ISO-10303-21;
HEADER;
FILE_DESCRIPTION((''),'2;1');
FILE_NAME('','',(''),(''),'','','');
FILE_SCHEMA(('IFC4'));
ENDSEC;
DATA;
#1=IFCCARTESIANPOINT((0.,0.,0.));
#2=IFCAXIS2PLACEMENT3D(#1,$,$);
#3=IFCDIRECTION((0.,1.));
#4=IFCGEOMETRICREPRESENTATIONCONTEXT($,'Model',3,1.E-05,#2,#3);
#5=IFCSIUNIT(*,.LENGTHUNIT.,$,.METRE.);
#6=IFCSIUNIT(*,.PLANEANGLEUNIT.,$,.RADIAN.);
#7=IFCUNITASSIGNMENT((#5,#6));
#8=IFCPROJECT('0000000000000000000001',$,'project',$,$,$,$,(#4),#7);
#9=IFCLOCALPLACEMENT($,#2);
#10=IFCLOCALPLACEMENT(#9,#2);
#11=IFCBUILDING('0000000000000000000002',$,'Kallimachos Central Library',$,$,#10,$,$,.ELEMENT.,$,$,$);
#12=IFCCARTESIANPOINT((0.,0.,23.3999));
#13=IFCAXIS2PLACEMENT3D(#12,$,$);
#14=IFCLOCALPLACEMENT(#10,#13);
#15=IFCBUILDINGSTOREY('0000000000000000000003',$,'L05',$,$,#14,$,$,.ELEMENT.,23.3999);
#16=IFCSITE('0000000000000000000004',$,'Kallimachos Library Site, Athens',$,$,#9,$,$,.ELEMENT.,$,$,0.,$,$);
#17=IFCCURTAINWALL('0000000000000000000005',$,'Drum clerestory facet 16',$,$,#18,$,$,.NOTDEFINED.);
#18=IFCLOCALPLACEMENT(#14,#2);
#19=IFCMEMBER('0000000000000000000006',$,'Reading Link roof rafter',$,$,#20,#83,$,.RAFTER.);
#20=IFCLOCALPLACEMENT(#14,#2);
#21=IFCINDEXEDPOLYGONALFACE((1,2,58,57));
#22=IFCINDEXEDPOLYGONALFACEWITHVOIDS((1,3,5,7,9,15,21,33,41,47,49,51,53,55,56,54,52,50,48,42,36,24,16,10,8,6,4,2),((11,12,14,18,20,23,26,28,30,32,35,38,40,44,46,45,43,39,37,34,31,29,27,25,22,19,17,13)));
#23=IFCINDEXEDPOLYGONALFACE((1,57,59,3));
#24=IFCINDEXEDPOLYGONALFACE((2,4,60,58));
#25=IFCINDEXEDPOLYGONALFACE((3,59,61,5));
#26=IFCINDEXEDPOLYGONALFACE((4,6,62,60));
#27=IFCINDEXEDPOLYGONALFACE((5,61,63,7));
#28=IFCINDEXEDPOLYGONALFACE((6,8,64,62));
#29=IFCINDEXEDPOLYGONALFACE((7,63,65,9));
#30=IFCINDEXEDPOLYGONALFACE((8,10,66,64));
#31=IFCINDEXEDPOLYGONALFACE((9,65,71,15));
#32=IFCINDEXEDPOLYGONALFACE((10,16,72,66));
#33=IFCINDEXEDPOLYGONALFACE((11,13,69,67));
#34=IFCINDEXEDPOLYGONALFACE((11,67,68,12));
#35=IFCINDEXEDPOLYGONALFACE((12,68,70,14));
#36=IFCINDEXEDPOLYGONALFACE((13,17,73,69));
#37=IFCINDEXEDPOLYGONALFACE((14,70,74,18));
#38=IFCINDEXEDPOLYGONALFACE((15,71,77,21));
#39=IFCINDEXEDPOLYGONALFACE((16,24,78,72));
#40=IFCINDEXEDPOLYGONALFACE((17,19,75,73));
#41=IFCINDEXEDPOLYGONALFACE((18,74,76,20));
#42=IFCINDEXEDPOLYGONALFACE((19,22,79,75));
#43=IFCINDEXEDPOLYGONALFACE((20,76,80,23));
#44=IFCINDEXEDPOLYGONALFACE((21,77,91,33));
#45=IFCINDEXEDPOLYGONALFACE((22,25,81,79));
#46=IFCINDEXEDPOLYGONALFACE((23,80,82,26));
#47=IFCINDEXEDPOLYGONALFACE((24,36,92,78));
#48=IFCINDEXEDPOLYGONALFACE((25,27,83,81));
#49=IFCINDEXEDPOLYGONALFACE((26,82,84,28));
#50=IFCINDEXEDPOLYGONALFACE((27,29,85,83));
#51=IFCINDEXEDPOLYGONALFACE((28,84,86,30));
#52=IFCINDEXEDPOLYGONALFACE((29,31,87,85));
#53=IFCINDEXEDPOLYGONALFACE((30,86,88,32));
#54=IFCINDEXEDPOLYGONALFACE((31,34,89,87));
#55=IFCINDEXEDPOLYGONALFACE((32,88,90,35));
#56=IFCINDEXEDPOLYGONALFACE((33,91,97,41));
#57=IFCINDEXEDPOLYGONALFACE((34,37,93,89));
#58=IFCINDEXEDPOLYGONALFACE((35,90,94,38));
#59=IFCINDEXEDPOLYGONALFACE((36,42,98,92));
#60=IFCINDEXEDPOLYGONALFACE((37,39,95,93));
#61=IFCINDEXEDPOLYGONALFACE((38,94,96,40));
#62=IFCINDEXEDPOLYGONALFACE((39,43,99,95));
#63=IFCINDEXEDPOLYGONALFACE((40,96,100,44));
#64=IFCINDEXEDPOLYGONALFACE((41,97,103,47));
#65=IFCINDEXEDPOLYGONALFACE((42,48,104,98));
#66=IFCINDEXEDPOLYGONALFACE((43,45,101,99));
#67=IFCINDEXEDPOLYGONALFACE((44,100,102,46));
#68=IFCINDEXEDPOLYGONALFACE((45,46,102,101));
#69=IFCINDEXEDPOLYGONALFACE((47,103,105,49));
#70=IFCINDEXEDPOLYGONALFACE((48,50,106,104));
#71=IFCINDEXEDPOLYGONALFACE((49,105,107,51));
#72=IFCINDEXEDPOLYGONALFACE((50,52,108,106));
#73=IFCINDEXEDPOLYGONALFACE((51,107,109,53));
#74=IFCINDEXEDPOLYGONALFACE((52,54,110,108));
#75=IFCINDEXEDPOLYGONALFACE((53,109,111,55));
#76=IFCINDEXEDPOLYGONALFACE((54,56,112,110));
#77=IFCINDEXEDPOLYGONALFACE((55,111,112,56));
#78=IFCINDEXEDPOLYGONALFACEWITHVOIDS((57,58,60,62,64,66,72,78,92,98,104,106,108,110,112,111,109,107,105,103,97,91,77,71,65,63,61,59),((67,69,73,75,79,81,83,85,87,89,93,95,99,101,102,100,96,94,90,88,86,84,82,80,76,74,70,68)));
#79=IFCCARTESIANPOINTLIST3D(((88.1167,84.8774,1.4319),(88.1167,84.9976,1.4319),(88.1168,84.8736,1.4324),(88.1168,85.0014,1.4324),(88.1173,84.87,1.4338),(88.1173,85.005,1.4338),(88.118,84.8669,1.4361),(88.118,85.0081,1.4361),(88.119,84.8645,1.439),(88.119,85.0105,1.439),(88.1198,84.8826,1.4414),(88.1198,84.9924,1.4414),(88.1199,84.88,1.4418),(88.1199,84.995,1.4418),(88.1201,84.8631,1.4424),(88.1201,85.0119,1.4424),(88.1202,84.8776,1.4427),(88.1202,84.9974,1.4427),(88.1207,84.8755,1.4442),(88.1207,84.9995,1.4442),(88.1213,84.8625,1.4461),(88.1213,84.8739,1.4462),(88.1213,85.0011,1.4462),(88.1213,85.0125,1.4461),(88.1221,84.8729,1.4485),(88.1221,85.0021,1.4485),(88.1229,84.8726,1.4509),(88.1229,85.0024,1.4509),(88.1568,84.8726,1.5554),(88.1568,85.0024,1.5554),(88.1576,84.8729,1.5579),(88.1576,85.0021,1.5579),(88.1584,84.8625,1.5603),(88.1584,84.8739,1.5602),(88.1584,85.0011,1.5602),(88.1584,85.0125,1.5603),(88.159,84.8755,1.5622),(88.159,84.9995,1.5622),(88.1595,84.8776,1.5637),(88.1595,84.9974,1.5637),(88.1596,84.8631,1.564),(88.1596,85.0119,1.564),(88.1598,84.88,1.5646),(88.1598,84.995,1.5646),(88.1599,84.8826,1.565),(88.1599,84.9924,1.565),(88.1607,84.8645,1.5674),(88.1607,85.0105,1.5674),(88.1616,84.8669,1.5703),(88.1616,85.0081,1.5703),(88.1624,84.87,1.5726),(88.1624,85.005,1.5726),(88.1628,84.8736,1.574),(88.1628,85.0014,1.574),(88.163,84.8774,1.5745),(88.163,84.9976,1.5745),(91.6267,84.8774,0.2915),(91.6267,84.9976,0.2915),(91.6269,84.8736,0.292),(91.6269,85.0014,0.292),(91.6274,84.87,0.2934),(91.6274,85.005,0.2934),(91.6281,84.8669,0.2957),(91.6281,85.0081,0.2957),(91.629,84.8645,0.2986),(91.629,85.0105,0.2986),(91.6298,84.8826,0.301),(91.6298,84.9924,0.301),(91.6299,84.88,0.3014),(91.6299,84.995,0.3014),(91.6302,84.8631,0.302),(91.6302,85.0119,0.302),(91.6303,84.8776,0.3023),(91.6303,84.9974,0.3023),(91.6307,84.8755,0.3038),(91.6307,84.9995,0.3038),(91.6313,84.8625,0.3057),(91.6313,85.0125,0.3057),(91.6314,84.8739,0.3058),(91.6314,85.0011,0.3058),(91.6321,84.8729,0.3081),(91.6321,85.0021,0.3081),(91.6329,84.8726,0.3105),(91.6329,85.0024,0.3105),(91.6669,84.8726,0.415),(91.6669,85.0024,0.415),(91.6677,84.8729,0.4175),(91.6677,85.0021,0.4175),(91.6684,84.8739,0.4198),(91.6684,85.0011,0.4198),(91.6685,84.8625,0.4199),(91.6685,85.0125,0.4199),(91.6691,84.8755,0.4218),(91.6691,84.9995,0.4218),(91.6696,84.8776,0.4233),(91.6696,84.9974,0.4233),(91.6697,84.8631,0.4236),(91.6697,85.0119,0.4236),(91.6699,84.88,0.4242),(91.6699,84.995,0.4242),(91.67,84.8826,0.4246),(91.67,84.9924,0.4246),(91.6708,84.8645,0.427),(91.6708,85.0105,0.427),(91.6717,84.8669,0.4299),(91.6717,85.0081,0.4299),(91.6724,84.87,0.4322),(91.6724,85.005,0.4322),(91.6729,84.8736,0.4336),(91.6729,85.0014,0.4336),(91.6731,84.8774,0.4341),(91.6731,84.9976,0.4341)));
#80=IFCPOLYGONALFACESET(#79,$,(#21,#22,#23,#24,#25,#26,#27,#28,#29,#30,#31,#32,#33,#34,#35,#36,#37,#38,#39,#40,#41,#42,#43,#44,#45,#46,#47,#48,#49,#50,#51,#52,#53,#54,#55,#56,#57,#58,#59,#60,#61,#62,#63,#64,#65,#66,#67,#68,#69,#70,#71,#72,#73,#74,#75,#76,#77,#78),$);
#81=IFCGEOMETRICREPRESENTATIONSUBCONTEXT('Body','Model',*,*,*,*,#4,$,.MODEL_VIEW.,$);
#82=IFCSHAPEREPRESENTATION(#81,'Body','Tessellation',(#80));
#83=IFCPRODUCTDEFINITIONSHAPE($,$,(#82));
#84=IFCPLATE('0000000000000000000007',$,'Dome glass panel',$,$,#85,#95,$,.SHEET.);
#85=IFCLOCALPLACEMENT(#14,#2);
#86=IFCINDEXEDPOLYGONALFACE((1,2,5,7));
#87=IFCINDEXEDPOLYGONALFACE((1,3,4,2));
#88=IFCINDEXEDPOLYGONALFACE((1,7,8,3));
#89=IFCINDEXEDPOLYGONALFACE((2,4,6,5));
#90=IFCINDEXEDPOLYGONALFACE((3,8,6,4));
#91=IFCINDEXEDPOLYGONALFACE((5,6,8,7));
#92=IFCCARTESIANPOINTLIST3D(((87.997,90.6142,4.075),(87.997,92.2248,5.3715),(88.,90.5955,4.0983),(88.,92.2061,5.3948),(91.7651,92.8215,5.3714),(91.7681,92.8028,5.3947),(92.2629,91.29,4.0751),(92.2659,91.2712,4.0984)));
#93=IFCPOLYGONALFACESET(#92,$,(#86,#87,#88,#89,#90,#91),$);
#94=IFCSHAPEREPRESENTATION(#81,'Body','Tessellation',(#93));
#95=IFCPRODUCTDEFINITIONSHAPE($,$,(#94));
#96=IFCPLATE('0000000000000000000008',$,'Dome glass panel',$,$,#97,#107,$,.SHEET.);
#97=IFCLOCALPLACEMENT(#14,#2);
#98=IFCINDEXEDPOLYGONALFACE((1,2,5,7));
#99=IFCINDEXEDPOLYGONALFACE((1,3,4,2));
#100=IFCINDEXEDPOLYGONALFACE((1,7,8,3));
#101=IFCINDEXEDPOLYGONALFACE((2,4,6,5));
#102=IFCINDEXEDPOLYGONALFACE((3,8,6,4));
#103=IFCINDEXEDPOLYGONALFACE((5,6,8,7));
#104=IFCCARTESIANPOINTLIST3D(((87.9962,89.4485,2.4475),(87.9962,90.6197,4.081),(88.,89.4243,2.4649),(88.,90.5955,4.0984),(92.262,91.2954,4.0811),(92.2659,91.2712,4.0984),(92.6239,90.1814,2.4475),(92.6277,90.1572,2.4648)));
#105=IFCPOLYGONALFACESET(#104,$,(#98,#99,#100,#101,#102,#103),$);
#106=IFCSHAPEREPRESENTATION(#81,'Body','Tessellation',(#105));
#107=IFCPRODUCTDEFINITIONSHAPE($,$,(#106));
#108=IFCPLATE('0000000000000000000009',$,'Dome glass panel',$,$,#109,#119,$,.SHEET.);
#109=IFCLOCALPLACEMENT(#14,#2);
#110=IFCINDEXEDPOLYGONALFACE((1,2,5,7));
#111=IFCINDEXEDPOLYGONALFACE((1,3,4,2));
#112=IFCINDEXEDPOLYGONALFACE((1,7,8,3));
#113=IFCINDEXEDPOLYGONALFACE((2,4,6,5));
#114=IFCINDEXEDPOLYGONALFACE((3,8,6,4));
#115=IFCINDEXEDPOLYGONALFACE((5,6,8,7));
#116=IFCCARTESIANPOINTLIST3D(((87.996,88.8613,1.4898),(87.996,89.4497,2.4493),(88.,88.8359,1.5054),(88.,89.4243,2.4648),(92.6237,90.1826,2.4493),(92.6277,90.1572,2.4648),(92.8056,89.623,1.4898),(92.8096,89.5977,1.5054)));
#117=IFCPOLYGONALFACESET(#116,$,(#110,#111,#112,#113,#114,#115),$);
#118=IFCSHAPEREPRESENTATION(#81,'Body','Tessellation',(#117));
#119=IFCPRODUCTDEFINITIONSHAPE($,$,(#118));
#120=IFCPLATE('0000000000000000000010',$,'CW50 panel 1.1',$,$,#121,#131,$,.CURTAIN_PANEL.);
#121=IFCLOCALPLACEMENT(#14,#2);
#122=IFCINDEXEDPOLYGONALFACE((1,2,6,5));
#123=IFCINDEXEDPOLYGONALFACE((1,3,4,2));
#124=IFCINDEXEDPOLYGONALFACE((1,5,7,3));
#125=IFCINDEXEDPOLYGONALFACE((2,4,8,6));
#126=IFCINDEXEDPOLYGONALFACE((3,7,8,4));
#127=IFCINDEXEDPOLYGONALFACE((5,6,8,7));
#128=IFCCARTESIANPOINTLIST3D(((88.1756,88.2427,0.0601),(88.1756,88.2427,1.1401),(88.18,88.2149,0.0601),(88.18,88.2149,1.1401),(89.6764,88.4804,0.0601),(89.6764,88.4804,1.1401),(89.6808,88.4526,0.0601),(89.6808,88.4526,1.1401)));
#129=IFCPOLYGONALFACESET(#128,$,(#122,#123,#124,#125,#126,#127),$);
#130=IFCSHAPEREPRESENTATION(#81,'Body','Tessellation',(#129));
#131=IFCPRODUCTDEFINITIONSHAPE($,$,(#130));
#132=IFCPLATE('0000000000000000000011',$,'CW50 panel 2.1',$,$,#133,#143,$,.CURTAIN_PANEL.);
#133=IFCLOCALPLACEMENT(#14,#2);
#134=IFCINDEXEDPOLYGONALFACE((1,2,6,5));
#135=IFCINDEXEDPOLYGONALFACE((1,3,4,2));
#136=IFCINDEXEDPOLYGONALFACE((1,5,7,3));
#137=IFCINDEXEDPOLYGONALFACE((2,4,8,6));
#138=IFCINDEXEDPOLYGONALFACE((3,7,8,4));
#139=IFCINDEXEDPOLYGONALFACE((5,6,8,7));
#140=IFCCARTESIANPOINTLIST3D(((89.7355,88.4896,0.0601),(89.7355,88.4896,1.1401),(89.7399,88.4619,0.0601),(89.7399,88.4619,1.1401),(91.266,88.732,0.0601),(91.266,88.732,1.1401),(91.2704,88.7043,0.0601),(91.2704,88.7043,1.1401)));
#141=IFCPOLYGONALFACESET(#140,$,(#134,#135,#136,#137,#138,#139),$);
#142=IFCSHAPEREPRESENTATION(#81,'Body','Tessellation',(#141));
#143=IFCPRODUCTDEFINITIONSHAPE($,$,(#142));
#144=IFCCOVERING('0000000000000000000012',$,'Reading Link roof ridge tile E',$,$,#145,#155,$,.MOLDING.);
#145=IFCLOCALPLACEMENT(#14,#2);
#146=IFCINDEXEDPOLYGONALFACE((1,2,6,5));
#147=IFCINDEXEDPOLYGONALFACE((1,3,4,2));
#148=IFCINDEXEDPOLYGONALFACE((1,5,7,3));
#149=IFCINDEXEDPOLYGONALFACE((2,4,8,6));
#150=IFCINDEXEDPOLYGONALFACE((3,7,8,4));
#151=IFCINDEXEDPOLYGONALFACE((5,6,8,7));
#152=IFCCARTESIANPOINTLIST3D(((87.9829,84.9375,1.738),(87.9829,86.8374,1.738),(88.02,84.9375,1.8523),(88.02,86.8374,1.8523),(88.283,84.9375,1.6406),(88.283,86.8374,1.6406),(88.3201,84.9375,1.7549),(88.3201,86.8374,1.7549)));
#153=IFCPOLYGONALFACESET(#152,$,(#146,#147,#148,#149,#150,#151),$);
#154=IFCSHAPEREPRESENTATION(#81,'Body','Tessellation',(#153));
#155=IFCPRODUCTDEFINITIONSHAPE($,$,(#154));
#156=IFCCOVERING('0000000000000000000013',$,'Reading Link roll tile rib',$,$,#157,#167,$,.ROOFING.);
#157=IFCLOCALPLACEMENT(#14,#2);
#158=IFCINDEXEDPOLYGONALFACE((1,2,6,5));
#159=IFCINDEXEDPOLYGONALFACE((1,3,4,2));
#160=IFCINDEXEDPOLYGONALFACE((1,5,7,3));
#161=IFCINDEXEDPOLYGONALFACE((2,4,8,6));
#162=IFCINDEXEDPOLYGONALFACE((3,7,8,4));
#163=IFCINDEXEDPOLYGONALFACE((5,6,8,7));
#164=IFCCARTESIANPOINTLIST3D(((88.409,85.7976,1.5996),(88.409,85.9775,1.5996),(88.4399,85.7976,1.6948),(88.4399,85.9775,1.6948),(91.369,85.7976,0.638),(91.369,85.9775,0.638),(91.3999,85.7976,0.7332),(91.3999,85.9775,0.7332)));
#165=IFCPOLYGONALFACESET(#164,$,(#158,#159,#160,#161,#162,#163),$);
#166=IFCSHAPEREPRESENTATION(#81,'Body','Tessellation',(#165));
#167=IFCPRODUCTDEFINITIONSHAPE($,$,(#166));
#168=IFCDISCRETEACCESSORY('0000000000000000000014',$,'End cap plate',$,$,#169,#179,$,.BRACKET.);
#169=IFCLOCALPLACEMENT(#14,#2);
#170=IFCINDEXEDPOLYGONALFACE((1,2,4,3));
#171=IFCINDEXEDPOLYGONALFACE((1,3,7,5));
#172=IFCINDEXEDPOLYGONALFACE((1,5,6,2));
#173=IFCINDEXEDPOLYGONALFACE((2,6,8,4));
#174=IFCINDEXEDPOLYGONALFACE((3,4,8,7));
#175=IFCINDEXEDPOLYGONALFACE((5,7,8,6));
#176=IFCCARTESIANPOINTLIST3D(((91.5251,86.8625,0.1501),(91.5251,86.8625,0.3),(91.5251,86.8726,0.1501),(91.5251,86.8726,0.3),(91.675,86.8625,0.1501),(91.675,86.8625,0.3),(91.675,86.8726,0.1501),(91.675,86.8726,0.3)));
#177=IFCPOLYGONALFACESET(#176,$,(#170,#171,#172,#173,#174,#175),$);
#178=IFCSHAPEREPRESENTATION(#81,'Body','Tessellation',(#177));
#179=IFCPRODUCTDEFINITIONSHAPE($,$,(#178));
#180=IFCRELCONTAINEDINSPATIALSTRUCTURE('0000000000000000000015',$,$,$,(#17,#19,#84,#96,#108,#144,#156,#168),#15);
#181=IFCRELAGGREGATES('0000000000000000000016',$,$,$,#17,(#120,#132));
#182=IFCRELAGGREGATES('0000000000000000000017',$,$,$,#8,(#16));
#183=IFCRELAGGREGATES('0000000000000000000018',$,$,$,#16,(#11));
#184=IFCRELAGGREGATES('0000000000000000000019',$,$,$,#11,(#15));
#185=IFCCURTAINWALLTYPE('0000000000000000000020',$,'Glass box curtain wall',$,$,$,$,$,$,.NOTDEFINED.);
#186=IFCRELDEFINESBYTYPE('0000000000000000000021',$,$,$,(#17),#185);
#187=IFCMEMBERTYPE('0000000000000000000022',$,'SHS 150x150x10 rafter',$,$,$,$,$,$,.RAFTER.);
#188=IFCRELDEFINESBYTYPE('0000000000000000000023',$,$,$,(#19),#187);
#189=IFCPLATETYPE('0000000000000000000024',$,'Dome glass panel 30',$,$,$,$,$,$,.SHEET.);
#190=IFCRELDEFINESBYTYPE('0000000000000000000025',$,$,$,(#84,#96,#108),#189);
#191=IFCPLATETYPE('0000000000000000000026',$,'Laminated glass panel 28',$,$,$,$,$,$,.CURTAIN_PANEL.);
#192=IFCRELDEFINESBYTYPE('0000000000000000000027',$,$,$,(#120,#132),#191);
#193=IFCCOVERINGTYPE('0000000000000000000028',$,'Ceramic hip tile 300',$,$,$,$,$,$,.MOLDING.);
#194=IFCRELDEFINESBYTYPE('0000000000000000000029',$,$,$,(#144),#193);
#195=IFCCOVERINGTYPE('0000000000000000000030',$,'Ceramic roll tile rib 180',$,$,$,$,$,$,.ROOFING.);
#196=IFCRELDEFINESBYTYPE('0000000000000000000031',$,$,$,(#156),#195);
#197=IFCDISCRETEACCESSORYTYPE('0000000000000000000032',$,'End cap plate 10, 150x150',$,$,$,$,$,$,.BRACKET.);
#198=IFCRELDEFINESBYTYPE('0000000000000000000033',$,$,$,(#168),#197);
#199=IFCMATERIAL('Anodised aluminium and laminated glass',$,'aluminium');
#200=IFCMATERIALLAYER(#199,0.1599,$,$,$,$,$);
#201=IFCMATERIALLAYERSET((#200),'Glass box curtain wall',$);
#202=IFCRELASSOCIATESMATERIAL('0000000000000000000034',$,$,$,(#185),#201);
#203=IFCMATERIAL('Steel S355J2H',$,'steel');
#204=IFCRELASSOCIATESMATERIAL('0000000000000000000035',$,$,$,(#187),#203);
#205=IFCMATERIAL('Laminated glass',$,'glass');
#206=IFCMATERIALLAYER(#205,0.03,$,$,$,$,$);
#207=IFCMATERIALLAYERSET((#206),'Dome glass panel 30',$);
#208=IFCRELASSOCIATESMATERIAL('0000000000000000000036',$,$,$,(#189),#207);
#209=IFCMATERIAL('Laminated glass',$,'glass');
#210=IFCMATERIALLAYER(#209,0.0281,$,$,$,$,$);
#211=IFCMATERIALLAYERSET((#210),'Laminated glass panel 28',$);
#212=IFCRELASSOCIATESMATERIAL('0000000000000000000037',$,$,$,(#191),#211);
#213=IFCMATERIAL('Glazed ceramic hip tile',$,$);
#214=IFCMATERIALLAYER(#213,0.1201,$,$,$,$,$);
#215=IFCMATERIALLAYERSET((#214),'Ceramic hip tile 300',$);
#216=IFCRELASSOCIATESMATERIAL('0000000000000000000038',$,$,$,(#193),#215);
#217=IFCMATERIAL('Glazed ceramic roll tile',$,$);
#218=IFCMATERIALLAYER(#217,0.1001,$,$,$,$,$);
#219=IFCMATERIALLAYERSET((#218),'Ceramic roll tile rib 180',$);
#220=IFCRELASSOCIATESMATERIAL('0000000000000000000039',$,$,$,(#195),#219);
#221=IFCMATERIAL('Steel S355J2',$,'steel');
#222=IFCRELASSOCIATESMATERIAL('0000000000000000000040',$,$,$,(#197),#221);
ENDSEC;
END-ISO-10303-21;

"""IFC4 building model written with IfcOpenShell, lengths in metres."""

from ifc_helpers import new_model, si_unit, direction, frame, origin, origin_2d, place, context, subcontext, project, spatial, polyline, rectangle, hollow_rectangle, outline, extrude, material, layer, layer_set, material_profile, profile_set, type_object, element, aggregate, save


model = new_model("IFC4")

# Units and contexts
model_context = context("Model", 3, precision=1e-05, world=origin(), true_north=direction((0.0, 1.0)))
body_context = subcontext(model_context, "Body", "Model", "MODEL_VIEW")
ifc_project = project(units=[si_unit("LENGTHUNIT", "METRE"), si_unit("PLANEANGLEUNIT", "RADIAN")], contexts=[model_context])

# Site, building, storey
site_placement = place(None, origin())
site = spatial("IfcSite", under=ifc_project, at=site_placement, Name="Kallimachos Library Site, Athens", CompositionType="ELEMENT", RefElevation=0.0)
building_placement = place(site_placement, origin())
building = spatial("IfcBuilding", under=site, at=building_placement, Name="Kallimachos Central Library", CompositionType="ELEMENT")
storey_placement = place(building_placement, frame((0.0, 0.0, 23.3999)))
storey = spatial("IfcBuildingStorey", under=building, at=storey_placement, Name="L05", CompositionType="ELEMENT", Elevation=23.3999)

# Curtain wall
ifc_material_1 = material(Name="Anodised aluminium and laminated glass", Category="aluminium")
ifc_layer_1 = layer(ifc_material_1, 0.1599)
ifc_layer_set_1 = layer_set([ifc_layer_1], Name="Glass box curtain wall")
curtain_wall_type = type_object("IfcCurtainWallType", Name="Glass box curtain wall", PredefinedType="NOTDEFINED", material=ifc_layer_set_1)
curtain_wall_placement = place(storey_placement, origin())
curtain_wall = element("IfcCurtainWall", 1, at=curtain_wall_placement, inside=storey, type_object=curtain_wall_type, Name="Drum clerestory facet 16", PredefinedType="NOTDEFINED")

# Member
ifc_material_2 = material(Name="Steel S355J2H", Category="steel")
ifc_material_profile_1 = material_profile(ifc_material_2, hollow_rectangle(XDim=0.1499, YDim=0.1499, WallThickness=0.01, InnerFilletRadius=0.01, OuterFilletRadius=0.0149, at=origin_2d()), Name="SHS 150x150x10")
ifc_profile_set_1 = profile_set([ifc_material_profile_1], Name="Steel S355J2H")
member_type_1 = type_object("IfcMemberType", Name="SHS 150x150x10 rafter", PredefinedType="RAFTER", material=ifc_profile_set_1)
member_1_placement = place(storey_placement, frame((91.6499, 84.9375, 0.3628), z_axis=(-0.951064, 0.0, 0.308995), x_axis=(0.0, -1.0, 0.0)))
element("IfcMember", 2, at=member_1_placement, inside=storey, type_object=member_type_1, Name="Reading Link roof rafter", PredefinedType="RAFTER", context=body_context, shape_type="SweptSolid", body=[
    extrude(hollow_rectangle(XDim=0.1499, YDim=0.1499, WallThickness=0.01, InnerFilletRadius=0.01, OuterFilletRadius=0.0149, at=origin_2d()), origin(), (0.0, 0.0, 1.0), 3.6907),
])

# Plates
ifc_material_3 = material(Name="Laminated glass", Category="glass")
ifc_layer_2 = layer(ifc_material_3, 0.03)
ifc_layer_set_2 = layer_set([ifc_layer_2], Name="Dome glass panel 30")
plate_type_1 = type_object("IfcPlateType", Name="Dome glass panel 30", PredefinedType="SHEET", material=ifc_layer_set_2)
plate_1_placement = place(storey_placement, frame((88.0, 92.2061, 5.3948), z_axis=(0.09883, -0.623986, 0.775161), x_axis=(-0.000004, -0.778975, -0.627055)))
element("IfcPlate", 3, at=plate_1_placement, inside=storey, type_object=plate_type_1, Name="Dome glass panel", PredefinedType="SHEET", context=body_context, shape_type="SweptSolid", body=[
    extrude(outline(polyline([(0.0, 0.0), (2.0675, 0.0), (1.5411, 4.2869), (-0.4648, 3.7866), (0.0, 0.0)])), origin(), (0.0, 0.0, -1.0), 0.03),
])
plate_2_placement = place(storey_placement, frame((88.0, 90.5955, 4.0984), z_axis=(0.127673, -0.806042, 0.577923), x_axis=(0.000005, -0.582691, -0.812694)))
element("IfcPlate", 4, at=plate_2_placement, inside=storey, type_object=plate_type_1, Name="Dome glass panel", PredefinedType="SHEET", context=body_context, shape_type="SweptSolid", body=[
    extrude(outline(polyline([(0.0, 0.0), (2.01, 0.0), (1.5829, 4.6659), (-0.3938, 4.3011), (0.0, 0.0)])), origin(), (0.0, 0.0, -1.0), 0.03),
])
plate_3_placement = place(storey_placement, frame((88.0, 89.4243, 2.4648), z_axis=(0.133797, -0.844812, 0.518064), x_axis=(0.0, -0.522765, -0.852477)))
element("IfcPlate", 5, at=plate_3_placement, inside=storey, type_object=plate_type_1, Name="Dome glass panel", PredefinedType="SHEET", context=body_context, shape_type="SweptSolid", body=[
    extrude(outline(polyline([(0.0, 0.0), (1.1255, 0.0), (0.7273, 4.8532), (-0.3831, 4.6697), (0.0, 0.0)])), origin(), (0.0, 0.0, -1.0), 0.03),
])

# Plates
ifc_material_4 = material(Name="Laminated glass", Category="glass")
ifc_layer_3 = layer(ifc_material_4, 0.0281)
ifc_layer_set_3 = layer_set([ifc_layer_3], Name="Laminated glass panel 28")
plate_type_2 = type_object("IfcPlateType", Name="Laminated glass panel 28", PredefinedType="CURTAIN_PANEL", material=ifc_layer_set_3)
plate_4_placement = place(storey_placement, frame((88.9282, 88.3477, 0.0601), z_axis=(0.0, 0.0, 1.0), x_axis=(0.987688, 0.156435, 0.0)))
plate_4 = element("IfcPlate", 6, at=plate_4_placement, type_object=plate_type_2, Name="CW50 panel 1.1", PredefinedType="CURTAIN_PANEL", context=body_context, shape_type="SweptSolid", body=[
    extrude(rectangle(XDim=1.5195, YDim=0.0281, at=origin_2d()), origin(), (0.0, 0.0, 1.0), 1.0801),
])
plate_5_placement = place(storey_placement, frame((90.5029, 88.5969, 0.0601), z_axis=(0.0, 0.0, 1.0), x_axis=(0.987688, 0.156435, 0.0)))
plate_5 = element("IfcPlate", 7, at=plate_5_placement, type_object=plate_type_2, Name="CW50 panel 2.1", PredefinedType="CURTAIN_PANEL", context=body_context, shape_type="SweptSolid", body=[
    extrude(rectangle(XDim=1.5496, YDim=0.0281, at=origin_2d()), origin(), (0.0, 0.0, 1.0), 1.0801),
])
aggregate(curtain_wall, [plate_4, plate_5])

# Coverings
ifc_material_5 = material(Name="Glazed ceramic hip tile")
ifc_layer_4 = layer(ifc_material_5, 0.1201)
ifc_layer_set_4 = layer_set([ifc_layer_4], Name="Ceramic hip tile 300")
covering_type_1 = type_object("IfcCoveringType", Name="Ceramic hip tile 300", PredefinedType="MOLDING", material=ifc_layer_set_4)
covering_1_placement = place(storey_placement, frame((88.02, 84.9375, 1.8523), z_axis=(0.308789, 0.0, 0.951131), x_axis=(0.951131, 0.0, -0.308789)))
element("IfcCovering", 8, at=covering_1_placement, inside=storey, type_object=covering_type_1, Name="Reading Link roof ridge tile E", PredefinedType="MOLDING", context=body_context, shape_type="SweptSolid", body=[
    extrude(outline(polyline([(0.0, 0.0), (0.3155, 0.0), (0.3155, 1.8999), (0.0, 1.8999), (0.0, 0.0)])), origin(), (0.0, 0.0, -1.0), 0.1201),
])
ifc_material_6 = material(Name="Glazed ceramic roll tile")
ifc_layer_5 = layer(ifc_material_6, 0.1001)
ifc_layer_set_5 = layer_set([ifc_layer_5], Name="Ceramic roll tile rib 180")
covering_type_2 = type_object("IfcCoveringType", Name="Ceramic roll tile rib 180", PredefinedType="ROOFING", material=ifc_layer_set_5)
covering_2_placement = place(storey_placement, frame((91.3999, 85.7976, 0.7332), z_axis=(0.308994, 0.0, 0.951064), x_axis=(-0.951064, 0.0, 0.308994)))
element("IfcCovering", 9, at=covering_2_placement, inside=storey, type_object=covering_type_2, Name="Reading Link roll tile rib", PredefinedType="ROOFING", context=body_context, shape_type="SweptSolid", body=[
    extrude(outline(polyline([(0.0, 0.0), (3.1123, 0.0), (3.1123, -0.1799), (0.0, -0.1799), (0.0, 0.0)])), origin(), (0.0, 0.0, -1.0), 0.1001),
])

# Discrete accessory
ifc_material_7 = material(Name="Steel S355J2", Category="steel")
ifc_material_profile_2 = material_profile(ifc_material_7, rectangle(XDim=0.1499, YDim=0.1499, at=origin_2d()), Name="End cap plate 10, 150x150")
ifc_profile_set_2 = profile_set([ifc_material_profile_2], Name="Steel S355J2")
discrete_accessory_type_1 = type_object("IfcDiscreteAccessoryType", Name="End cap plate 10, 150x150", PredefinedType="BRACKET", material=ifc_profile_set_2)
discrete_accessory_1_placement = place(storey_placement, frame((91.6001, 86.8625, 0.2251), z_axis=(0.0, 1.0, 0.0), x_axis=(-1.0, 0.0, 0.0)))
element("IfcDiscreteAccessory", 10, at=discrete_accessory_1_placement, inside=storey, type_object=discrete_accessory_type_1, Name="End cap plate", PredefinedType="BRACKET", context=body_context, shape_type="SweptSolid", body=[
    extrude(rectangle(XDim=0.1499, YDim=0.1499, at=origin_2d()), origin(), (0.0, 0.0, 1.0), 0.01),
])

save(model, "model.ifc")
